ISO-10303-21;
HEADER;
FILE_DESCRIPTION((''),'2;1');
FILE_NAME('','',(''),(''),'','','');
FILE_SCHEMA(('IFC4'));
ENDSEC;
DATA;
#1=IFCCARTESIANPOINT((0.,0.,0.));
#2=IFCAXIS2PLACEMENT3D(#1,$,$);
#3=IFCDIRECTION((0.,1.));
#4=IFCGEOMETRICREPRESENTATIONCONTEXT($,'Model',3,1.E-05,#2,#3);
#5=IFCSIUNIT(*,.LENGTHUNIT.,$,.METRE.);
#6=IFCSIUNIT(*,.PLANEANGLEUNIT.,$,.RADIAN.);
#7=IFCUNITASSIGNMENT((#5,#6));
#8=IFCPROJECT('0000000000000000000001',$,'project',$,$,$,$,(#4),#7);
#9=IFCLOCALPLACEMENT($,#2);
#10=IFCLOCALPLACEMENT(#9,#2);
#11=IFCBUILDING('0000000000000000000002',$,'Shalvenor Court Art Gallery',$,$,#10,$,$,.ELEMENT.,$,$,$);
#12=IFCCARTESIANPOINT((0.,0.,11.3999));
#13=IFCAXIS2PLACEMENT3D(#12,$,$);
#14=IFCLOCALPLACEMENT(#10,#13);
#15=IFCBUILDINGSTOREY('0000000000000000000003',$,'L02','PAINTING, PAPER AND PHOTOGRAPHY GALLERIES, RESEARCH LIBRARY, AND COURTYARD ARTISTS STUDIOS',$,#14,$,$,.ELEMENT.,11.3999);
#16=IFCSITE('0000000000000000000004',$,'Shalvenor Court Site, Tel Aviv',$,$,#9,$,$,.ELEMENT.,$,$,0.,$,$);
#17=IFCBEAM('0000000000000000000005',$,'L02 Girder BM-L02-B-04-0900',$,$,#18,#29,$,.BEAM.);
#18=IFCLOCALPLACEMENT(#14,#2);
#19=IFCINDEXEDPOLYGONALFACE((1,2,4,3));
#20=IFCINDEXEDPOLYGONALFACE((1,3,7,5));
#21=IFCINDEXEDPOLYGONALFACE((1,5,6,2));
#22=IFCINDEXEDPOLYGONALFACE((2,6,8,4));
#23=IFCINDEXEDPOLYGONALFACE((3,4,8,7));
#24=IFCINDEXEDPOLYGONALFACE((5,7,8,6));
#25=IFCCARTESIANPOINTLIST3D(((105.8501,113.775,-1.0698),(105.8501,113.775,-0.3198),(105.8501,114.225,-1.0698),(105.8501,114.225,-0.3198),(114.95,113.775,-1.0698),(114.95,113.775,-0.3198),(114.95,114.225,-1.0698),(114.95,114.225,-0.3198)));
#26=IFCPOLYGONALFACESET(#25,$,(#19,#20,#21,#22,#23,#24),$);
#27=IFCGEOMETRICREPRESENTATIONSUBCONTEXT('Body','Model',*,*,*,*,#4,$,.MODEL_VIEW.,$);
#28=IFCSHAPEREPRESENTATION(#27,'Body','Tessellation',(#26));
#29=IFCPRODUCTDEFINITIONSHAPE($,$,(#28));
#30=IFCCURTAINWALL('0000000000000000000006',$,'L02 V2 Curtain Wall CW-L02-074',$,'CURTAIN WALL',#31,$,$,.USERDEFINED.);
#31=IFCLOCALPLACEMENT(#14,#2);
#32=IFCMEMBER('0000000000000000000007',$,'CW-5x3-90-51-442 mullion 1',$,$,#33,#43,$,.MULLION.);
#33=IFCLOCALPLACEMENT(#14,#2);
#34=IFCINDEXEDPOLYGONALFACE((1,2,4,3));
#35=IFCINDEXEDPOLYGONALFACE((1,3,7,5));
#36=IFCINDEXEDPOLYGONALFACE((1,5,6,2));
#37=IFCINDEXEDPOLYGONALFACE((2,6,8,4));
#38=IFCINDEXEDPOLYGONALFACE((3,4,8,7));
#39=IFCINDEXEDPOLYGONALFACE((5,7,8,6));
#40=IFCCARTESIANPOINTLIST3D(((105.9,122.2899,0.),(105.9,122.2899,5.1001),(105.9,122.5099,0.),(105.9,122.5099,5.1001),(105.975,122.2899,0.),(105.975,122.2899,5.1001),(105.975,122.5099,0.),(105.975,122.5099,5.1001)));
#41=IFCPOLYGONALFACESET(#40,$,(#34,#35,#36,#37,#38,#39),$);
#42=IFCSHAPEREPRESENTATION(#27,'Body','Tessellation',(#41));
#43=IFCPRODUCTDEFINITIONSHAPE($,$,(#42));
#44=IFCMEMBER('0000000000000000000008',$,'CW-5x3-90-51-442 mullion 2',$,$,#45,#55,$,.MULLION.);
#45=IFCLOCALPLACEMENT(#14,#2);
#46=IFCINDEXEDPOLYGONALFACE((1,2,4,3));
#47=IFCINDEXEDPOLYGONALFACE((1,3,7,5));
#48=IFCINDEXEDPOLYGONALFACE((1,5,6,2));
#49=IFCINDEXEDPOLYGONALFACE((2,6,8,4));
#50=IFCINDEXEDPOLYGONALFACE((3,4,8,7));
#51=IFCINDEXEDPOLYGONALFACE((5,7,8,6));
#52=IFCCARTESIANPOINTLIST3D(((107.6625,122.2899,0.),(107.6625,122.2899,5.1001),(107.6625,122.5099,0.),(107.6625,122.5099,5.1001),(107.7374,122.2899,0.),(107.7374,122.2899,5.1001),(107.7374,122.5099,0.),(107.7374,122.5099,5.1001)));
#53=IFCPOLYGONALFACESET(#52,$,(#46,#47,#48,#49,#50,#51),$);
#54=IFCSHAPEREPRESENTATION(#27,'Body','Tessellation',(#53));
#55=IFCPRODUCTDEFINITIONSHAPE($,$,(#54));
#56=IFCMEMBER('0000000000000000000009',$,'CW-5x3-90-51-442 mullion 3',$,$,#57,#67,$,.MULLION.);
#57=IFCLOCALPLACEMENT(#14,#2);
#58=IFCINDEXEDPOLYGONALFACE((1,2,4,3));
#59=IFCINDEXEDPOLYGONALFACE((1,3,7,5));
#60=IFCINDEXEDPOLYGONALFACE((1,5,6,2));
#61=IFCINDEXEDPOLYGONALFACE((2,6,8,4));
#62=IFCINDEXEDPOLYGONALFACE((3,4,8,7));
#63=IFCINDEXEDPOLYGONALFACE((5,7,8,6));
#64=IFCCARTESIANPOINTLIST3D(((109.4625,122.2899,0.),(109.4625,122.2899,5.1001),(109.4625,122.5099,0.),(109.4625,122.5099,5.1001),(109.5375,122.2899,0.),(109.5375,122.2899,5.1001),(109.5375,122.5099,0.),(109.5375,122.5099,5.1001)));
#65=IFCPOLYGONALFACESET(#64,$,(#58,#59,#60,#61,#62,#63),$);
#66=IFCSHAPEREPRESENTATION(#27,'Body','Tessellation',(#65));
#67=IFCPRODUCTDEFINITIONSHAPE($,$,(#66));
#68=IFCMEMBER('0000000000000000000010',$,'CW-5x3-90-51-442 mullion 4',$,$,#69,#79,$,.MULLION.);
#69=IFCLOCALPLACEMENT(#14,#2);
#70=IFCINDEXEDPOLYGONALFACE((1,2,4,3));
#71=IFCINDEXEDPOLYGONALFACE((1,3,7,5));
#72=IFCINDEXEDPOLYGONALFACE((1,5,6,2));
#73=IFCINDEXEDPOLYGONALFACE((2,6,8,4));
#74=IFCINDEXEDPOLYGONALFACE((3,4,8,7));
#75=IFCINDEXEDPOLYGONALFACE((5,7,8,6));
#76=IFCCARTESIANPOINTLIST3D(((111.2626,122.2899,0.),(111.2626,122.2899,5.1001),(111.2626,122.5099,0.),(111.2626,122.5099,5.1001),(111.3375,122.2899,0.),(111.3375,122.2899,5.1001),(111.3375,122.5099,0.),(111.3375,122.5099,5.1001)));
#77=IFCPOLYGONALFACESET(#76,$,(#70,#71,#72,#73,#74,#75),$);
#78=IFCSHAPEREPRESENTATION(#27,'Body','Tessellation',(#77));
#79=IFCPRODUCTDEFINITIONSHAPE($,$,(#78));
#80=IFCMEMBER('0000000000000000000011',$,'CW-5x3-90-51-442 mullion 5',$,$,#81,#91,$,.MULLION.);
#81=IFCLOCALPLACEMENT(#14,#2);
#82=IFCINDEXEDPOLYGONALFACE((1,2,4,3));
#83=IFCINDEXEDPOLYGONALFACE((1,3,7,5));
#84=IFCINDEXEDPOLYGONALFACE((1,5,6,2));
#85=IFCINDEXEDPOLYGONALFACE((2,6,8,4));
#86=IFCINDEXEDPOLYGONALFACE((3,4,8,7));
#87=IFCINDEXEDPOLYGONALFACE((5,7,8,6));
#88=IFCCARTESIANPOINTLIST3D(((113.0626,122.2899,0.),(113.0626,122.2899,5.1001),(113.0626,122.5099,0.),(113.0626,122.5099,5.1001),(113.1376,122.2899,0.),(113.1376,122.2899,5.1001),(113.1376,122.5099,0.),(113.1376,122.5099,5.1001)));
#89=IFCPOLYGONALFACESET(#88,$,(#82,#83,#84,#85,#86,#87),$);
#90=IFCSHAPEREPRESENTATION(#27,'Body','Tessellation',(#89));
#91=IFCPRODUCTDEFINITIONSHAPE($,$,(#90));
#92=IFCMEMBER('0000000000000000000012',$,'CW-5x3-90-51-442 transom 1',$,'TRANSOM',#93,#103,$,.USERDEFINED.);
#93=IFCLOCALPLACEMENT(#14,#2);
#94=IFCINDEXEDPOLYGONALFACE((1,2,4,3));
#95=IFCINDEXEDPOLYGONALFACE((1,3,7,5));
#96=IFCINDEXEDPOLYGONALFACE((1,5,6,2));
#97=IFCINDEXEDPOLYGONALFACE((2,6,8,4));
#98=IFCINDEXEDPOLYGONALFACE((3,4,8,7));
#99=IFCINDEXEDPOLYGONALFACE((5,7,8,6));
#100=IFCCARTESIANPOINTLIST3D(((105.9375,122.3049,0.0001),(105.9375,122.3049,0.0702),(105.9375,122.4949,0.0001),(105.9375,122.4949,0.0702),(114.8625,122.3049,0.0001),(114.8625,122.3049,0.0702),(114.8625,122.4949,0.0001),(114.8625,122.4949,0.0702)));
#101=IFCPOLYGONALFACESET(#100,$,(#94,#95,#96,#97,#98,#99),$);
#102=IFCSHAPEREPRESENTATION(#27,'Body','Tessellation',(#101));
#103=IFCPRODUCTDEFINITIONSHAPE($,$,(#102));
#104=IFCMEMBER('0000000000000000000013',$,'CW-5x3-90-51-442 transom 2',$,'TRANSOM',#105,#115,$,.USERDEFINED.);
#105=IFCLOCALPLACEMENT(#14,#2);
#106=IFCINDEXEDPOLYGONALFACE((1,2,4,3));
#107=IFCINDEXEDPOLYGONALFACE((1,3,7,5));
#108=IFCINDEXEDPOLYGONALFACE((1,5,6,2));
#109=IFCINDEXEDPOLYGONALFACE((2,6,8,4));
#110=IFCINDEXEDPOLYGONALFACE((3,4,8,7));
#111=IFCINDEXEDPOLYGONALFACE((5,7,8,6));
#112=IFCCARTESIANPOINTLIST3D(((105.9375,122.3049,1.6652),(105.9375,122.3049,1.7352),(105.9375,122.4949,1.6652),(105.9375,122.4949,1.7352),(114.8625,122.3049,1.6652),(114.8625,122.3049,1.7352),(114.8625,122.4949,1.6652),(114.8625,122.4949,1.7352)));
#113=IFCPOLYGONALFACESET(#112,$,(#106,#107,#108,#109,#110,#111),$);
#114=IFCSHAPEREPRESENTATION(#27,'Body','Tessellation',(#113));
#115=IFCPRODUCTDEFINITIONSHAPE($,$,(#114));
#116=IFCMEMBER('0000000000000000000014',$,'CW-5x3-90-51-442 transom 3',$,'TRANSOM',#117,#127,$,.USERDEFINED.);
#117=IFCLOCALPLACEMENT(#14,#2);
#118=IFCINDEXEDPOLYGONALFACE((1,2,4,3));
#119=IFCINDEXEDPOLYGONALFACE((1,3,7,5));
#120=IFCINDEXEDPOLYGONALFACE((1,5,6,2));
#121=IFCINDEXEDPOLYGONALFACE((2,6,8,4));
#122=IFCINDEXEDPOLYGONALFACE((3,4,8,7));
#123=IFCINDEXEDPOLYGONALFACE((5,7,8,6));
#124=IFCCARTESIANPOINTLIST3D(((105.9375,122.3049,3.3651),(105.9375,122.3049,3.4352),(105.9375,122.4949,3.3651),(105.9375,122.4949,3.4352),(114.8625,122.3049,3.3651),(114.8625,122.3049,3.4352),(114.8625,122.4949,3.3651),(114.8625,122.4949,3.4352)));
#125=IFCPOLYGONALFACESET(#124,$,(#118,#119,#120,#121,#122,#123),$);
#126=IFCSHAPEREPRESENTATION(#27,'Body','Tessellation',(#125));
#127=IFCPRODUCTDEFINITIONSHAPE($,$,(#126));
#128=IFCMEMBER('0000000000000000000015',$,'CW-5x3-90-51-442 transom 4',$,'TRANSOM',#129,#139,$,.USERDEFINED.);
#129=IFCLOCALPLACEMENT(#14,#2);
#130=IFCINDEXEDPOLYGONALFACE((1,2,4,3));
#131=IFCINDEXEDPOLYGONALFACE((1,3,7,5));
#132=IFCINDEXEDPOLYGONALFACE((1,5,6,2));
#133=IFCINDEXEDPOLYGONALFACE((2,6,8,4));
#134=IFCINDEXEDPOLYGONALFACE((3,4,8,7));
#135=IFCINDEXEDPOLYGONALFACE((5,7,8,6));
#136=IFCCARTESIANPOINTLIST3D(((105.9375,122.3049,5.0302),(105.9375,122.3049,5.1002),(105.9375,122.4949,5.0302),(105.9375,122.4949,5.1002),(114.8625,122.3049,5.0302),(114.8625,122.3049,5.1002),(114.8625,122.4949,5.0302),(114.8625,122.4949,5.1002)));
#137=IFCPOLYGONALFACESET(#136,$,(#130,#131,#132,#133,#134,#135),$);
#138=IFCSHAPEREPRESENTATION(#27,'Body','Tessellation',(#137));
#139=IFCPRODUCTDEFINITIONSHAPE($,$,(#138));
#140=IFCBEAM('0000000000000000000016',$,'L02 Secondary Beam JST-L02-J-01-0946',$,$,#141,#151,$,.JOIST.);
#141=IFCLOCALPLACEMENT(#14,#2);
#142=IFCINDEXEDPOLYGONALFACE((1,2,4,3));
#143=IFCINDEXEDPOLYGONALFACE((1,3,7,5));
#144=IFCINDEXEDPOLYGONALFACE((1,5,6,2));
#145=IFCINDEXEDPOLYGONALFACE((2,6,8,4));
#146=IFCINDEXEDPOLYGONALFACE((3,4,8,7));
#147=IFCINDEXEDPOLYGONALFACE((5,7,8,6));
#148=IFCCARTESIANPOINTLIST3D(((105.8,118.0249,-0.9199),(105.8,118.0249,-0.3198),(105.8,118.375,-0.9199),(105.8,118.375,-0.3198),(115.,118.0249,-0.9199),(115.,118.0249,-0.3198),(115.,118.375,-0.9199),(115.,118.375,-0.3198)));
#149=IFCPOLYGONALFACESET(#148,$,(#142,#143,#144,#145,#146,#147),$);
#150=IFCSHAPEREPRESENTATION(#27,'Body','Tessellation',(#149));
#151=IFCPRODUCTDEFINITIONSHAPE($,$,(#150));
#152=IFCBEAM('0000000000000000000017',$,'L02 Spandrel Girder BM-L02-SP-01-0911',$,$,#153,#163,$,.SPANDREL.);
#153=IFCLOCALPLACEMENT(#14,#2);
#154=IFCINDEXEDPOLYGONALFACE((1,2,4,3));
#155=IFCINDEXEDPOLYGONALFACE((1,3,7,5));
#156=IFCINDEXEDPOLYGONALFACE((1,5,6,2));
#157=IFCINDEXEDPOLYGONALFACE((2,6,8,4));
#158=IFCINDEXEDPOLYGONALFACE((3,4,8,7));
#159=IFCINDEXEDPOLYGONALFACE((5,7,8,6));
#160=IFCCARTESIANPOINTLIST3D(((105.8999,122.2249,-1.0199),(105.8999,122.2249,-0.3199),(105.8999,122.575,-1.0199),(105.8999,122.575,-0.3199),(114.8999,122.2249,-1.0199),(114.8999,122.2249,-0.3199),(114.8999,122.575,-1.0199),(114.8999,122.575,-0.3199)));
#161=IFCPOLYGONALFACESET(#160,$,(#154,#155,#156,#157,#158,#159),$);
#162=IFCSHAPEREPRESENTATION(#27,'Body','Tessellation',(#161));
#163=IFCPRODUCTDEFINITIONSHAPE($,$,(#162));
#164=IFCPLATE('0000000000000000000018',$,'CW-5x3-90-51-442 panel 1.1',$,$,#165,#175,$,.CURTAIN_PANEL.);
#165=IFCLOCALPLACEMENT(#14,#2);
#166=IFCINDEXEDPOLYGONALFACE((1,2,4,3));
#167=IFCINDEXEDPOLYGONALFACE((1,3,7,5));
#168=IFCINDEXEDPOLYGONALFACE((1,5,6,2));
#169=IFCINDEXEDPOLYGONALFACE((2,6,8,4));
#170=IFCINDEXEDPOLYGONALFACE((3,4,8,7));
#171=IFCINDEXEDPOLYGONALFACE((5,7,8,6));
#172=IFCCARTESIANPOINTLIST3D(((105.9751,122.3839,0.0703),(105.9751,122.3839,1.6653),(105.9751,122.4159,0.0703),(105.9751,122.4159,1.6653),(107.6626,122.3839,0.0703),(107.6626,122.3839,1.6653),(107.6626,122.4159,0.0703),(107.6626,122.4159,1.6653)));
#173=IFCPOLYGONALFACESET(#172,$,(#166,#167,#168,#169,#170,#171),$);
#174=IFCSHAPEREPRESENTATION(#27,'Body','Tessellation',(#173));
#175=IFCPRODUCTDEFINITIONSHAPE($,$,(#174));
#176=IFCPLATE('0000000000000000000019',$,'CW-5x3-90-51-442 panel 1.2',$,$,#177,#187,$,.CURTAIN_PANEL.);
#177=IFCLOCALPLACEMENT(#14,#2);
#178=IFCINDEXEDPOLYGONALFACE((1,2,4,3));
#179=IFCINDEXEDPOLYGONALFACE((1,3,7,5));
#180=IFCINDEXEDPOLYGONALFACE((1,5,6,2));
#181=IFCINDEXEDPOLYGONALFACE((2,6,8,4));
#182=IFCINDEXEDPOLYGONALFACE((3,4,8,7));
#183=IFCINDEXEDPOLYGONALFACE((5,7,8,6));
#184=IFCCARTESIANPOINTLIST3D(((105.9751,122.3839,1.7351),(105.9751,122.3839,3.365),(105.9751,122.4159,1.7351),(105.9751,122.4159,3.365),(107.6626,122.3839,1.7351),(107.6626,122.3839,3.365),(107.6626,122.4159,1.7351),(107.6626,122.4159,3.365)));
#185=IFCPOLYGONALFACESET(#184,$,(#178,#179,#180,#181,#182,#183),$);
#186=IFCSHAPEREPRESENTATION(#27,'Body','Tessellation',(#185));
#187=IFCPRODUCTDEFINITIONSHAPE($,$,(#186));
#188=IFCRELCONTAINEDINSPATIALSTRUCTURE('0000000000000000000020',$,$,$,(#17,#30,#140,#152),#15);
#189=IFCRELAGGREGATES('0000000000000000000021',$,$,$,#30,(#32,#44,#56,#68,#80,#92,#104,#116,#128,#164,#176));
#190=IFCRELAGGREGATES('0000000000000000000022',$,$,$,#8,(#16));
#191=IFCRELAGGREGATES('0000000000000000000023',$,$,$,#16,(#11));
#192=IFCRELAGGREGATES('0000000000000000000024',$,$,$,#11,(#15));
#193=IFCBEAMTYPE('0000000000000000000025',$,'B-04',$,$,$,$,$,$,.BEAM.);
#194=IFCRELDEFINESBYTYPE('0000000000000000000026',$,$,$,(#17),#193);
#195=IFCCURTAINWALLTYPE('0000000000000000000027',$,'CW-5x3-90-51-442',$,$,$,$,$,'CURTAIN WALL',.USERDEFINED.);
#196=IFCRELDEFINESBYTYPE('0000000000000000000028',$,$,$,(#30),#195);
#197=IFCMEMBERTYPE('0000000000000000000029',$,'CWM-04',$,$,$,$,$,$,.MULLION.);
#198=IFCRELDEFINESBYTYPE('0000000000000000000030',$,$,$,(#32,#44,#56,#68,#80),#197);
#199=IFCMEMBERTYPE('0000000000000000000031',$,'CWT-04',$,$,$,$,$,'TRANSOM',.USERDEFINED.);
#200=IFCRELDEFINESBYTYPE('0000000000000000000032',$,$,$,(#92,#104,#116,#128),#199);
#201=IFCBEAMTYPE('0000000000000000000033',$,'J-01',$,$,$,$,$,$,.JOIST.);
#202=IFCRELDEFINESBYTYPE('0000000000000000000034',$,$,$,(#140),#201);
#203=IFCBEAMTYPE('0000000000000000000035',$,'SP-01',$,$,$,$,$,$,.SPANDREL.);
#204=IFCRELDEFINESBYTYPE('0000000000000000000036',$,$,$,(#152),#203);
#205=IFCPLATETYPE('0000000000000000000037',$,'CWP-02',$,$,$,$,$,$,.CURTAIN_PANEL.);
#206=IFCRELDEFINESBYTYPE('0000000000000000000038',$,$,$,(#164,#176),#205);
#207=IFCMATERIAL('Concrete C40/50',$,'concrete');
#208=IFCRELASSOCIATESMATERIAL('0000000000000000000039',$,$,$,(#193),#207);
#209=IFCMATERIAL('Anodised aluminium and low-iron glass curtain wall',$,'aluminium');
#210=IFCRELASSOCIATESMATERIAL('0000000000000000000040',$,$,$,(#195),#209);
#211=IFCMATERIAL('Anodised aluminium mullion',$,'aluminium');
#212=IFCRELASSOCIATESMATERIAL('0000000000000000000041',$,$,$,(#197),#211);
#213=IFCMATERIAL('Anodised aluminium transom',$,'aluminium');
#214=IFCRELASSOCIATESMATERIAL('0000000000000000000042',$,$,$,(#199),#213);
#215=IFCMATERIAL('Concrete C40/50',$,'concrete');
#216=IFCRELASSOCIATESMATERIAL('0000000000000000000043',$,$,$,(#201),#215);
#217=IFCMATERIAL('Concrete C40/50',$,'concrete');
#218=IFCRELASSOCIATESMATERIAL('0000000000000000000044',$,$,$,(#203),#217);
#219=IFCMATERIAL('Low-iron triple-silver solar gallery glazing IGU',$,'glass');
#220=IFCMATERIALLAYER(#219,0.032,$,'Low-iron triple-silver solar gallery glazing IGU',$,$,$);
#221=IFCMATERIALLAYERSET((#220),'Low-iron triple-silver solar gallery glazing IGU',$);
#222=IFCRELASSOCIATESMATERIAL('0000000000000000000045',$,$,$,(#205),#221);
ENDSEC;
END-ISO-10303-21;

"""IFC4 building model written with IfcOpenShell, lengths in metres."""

from ifc_helpers import new_model, si_unit, direction, frame, origin, origin_2d, place, context, subcontext, project, spatial, rectangle, extrude, material, layer, layer_set, material_profile, profile_set, type_object, element, aggregate, save


model = new_model("IFC4")

# Units and contexts
model_context = context("Model", 3, precision=1e-05, world=origin(), true_north=direction((0.0, 1.0)))
body_context = subcontext(model_context, "Body", "Model", "MODEL_VIEW")
ifc_project = project(units=[si_unit("LENGTHUNIT", "METRE"), si_unit("PLANEANGLEUNIT", "RADIAN")], contexts=[model_context])

# Site, building, storey
site_placement = place(None, origin())
site = spatial("IfcSite", under=ifc_project, at=site_placement, Name="Shalvenor Court Site, Tel Aviv", CompositionType="ELEMENT", RefElevation=0.0)
building_placement = place(site_placement, origin())
building = spatial("IfcBuilding", under=site, at=building_placement, Name="Shalvenor Court Art Gallery", CompositionType="ELEMENT")
storey_placement = place(building_placement, frame((0.0, 0.0, 11.3999)))
storey = spatial("IfcBuildingStorey", under=building, at=storey_placement, Name="L02", Description="PAINTING, PAPER AND PHOTOGRAPHY GALLERIES, RESEARCH LIBRARY, AND COURTYARD ARTISTS STUDIOS", CompositionType="ELEMENT", Elevation=11.3999)

# Beam
ifc_material_1 = material(Name="Concrete C40/50", Category="concrete")
ifc_material_profile_1 = material_profile(ifc_material_1, rectangle(XDim=0.45, YDim=0.75, at=origin_2d()), Name="RC 450x750")
ifc_profile_set_1 = profile_set([ifc_material_profile_1], Name="Concrete C40/50")
beam_type_1 = type_object("IfcBeamType", Name="B-04", PredefinedType="BEAM", material=ifc_profile_set_1)
beam_1_placement = place(storey_placement, frame((105.8501, 114.0, -0.6948), z_axis=(1.0, 0.0, 0.0), x_axis=(0.0, 1.0, 0.0)))
element("IfcBeam", 1, at=beam_1_placement, inside=storey, type_object=beam_type_1, Name="L02 Girder BM-L02-B-04-0900", PredefinedType="BEAM", context=body_context, shape_type="SweptSolid", body=[
    extrude(rectangle(XDim=0.45, YDim=0.75, at=origin_2d()), origin(), (0.0, 0.0, 1.0), 9.0999),
])

# Curtain wall, members
ifc_material_2 = material(Name="Anodised aluminium and low-iron glass curtain wall", Category="aluminium")
curtain_wall_type = type_object("IfcCurtainWallType", Name="CW-5x3-90-51-442", ElementType="CURTAIN WALL", PredefinedType="USERDEFINED", material=ifc_material_2)
curtain_wall_placement = place(storey_placement, origin())
curtain_wall = element("IfcCurtainWall", 2, at=curtain_wall_placement, inside=storey, type_object=curtain_wall_type, Name="L02 V2 Curtain Wall CW-L02-074", ObjectType="CURTAIN WALL", PredefinedType="USERDEFINED")
ifc_material_3 = material(Name="Anodised aluminium mullion", Category="aluminium")
ifc_material_profile_2 = material_profile(ifc_material_3, rectangle(XDim=0.075, YDim=0.22, at=origin_2d()), Name="CWM-04")
ifc_profile_set_2 = profile_set([ifc_material_profile_2], Name="Anodised aluminium mullion")
member_type_1 = type_object("IfcMemberType", Name="CWM-04", PredefinedType="MULLION", material=ifc_profile_set_2)
member_1_placement = place(storey_placement, frame((105.9375, 122.3999, 0.0), z_axis=(0.0, 0.0, 1.0), x_axis=(1.0, 0.0, 0.0)))
member_1 = element("IfcMember", 3, at=member_1_placement, type_object=member_type_1, Name="CW-5x3-90-51-442 mullion 1", PredefinedType="MULLION", context=body_context, shape_type="SweptSolid", body=[
    extrude(rectangle(XDim=0.075, YDim=0.22, at=origin_2d()), origin(), (0.0, 0.0, 1.0), 5.1001),
])
member_2_placement = place(storey_placement, frame((107.7, 122.3999, 0.0), z_axis=(0.0, 0.0, 1.0), x_axis=(1.0, 0.0, 0.0)))
member_2 = element("IfcMember", 4, at=member_2_placement, type_object=member_type_1, Name="CW-5x3-90-51-442 mullion 2", PredefinedType="MULLION", context=body_context, shape_type="SweptSolid", body=[
    extrude(rectangle(XDim=0.075, YDim=0.22, at=origin_2d()), origin(), (0.0, 0.0, 1.0), 5.1001),
])
member_3_placement = place(storey_placement, frame((109.5, 122.3999, 0.0), z_axis=(0.0, 0.0, 1.0), x_axis=(1.0, 0.0, 0.0)))
member_3 = element("IfcMember", 5, at=member_3_placement, type_object=member_type_1, Name="CW-5x3-90-51-442 mullion 3", PredefinedType="MULLION", context=body_context, shape_type="SweptSolid", body=[
    extrude(rectangle(XDim=0.075, YDim=0.22, at=origin_2d()), origin(), (0.0, 0.0, 1.0), 5.1001),
])
member_4_placement = place(storey_placement, frame((111.3, 122.3999, 0.0), z_axis=(0.0, 0.0, 1.0), x_axis=(1.0, 0.0, 0.0)))
member_4 = element("IfcMember", 6, at=member_4_placement, type_object=member_type_1, Name="CW-5x3-90-51-442 mullion 4", PredefinedType="MULLION", context=body_context, shape_type="SweptSolid", body=[
    extrude(rectangle(XDim=0.075, YDim=0.22, at=origin_2d()), origin(), (0.0, 0.0, 1.0), 5.1001),
])
member_5_placement = place(storey_placement, frame((113.1001, 122.3999, 0.0), z_axis=(0.0, 0.0, 1.0), x_axis=(1.0, 0.0, 0.0)))
member_5 = element("IfcMember", 7, at=member_5_placement, type_object=member_type_1, Name="CW-5x3-90-51-442 mullion 5", PredefinedType="MULLION", context=body_context, shape_type="SweptSolid", body=[
    extrude(rectangle(XDim=0.075, YDim=0.22, at=origin_2d()), origin(), (0.0, 0.0, 1.0), 5.1001),
])
ifc_material_4 = material(Name="Anodised aluminium transom", Category="aluminium")
ifc_material_profile_3 = material_profile(ifc_material_4, rectangle(XDim=0.1899, YDim=0.0701, at=origin_2d()), Name="CWT-04")
ifc_profile_set_3 = profile_set([ifc_material_profile_3], Name="Anodised aluminium transom")
member_type_2 = type_object("IfcMemberType", Name="CWT-04", ElementType="TRANSOM", PredefinedType="USERDEFINED", material=ifc_profile_set_3)
member_6_placement = place(storey_placement, frame((105.9375, 122.3999, 0.0352), z_axis=(1.0, 0.0, 0.0), x_axis=(0.0, 1.0, 0.0)))
member_6 = element("IfcMember", 8, at=member_6_placement, type_object=member_type_2, Name="CW-5x3-90-51-442 transom 1", ObjectType="TRANSOM", PredefinedType="USERDEFINED", context=body_context, shape_type="SweptSolid", body=[
    extrude(rectangle(XDim=0.1899, YDim=0.0701, at=origin_2d()), origin(), (0.0, 0.0, 1.0), 8.925),
])
member_7_placement = place(storey_placement, frame((105.9375, 122.3999, 1.7002), z_axis=(1.0, 0.0, 0.0), x_axis=(0.0, 1.0, 0.0)))
member_7 = element("IfcMember", 9, at=member_7_placement, type_object=member_type_2, Name="CW-5x3-90-51-442 transom 2", ObjectType="TRANSOM", PredefinedType="USERDEFINED", context=body_context, shape_type="SweptSolid", body=[
    extrude(rectangle(XDim=0.1899, YDim=0.0701, at=origin_2d()), origin(), (0.0, 0.0, 1.0), 8.925),
])
member_8_placement = place(storey_placement, frame((105.9375, 122.3999, 3.4001), z_axis=(1.0, 0.0, 0.0), x_axis=(0.0, 1.0, 0.0)))
member_8 = element("IfcMember", 10, at=member_8_placement, type_object=member_type_2, Name="CW-5x3-90-51-442 transom 3", ObjectType="TRANSOM", PredefinedType="USERDEFINED", context=body_context, shape_type="SweptSolid", body=[
    extrude(rectangle(XDim=0.1899, YDim=0.0701, at=origin_2d()), origin(), (0.0, 0.0, 1.0), 8.925),
])
member_9_placement = place(storey_placement, frame((105.9375, 122.3999, 5.0652), z_axis=(1.0, 0.0, 0.0), x_axis=(0.0, 1.0, 0.0)))
member_9 = element("IfcMember", 11, at=member_9_placement, type_object=member_type_2, Name="CW-5x3-90-51-442 transom 4", ObjectType="TRANSOM", PredefinedType="USERDEFINED", context=body_context, shape_type="SweptSolid", body=[
    extrude(rectangle(XDim=0.1899, YDim=0.0701, at=origin_2d()), origin(), (0.0, 0.0, 1.0), 8.925),
])

# Beams
ifc_material_5 = material(Name="Concrete C40/50", Category="concrete")
ifc_material_profile_4 = material_profile(ifc_material_5, rectangle(XDim=0.3501, YDim=0.6001, at=origin_2d()), Name="RC 350x600")
ifc_profile_set_4 = profile_set([ifc_material_profile_4], Name="Concrete C40/50")
beam_type_2 = type_object("IfcBeamType", Name="J-01", PredefinedType="JOIST", material=ifc_profile_set_4)
beam_2_placement = place(storey_placement, frame((105.8, 118.2, -0.6199), z_axis=(1.0, 0.0, 0.0), x_axis=(0.0, 1.0, 0.0)))
element("IfcBeam", 12, at=beam_2_placement, inside=storey, type_object=beam_type_2, Name="L02 Secondary Beam JST-L02-J-01-0946", PredefinedType="JOIST", context=body_context, shape_type="SweptSolid", body=[
    extrude(rectangle(XDim=0.3501, YDim=0.6001, at=origin_2d()), origin(), (0.0, 0.0, 1.0), 9.2),
])
ifc_material_6 = material(Name="Concrete C40/50", Category="concrete")
ifc_material_profile_5 = material_profile(ifc_material_6, rectangle(XDim=0.3501, YDim=0.7, at=origin_2d()), Name="RC 350x700")
ifc_profile_set_5 = profile_set([ifc_material_profile_5], Name="Concrete C40/50")
beam_type_3 = type_object("IfcBeamType", Name="SP-01", PredefinedType="SPANDREL", material=ifc_profile_set_5)
beam_3_placement = place(storey_placement, frame((105.8999, 122.3999, -0.6699), z_axis=(1.0, 0.0, 0.0), x_axis=(0.0, 1.0, 0.0)))
element("IfcBeam", 13, at=beam_3_placement, inside=storey, type_object=beam_type_3, Name="L02 Spandrel Girder BM-L02-SP-01-0911", PredefinedType="SPANDREL", context=body_context, shape_type="SweptSolid", body=[
    extrude(rectangle(XDim=0.3501, YDim=0.7, at=origin_2d()), origin(), (0.0, 0.0, 1.0), 9.0),
])

# Plates
ifc_material_7 = material(Name="Low-iron triple-silver solar gallery glazing IGU", Category="glass")
ifc_layer_1 = layer(ifc_material_7, 0.032, Name="Low-iron triple-silver solar gallery glazing IGU")
ifc_layer_set_1 = layer_set([ifc_layer_1], Name="Low-iron triple-silver solar gallery glazing IGU")
plate_type_1 = type_object("IfcPlateType", Name="CWP-02", PredefinedType="CURTAIN_PANEL", material=ifc_layer_set_1)
plate_1_placement = place(storey_placement, frame((106.8188, 122.3999, 0.0703), z_axis=(0.0, 0.0, 1.0), x_axis=(1.0, 0.0, 0.0)))
plate_1 = element("IfcPlate", 14, at=plate_1_placement, type_object=plate_type_1, Name="CW-5x3-90-51-442 panel 1.1", PredefinedType="CURTAIN_PANEL", context=body_context, shape_type="SweptSolid", body=[
    extrude(rectangle(XDim=1.6875, YDim=0.032, at=origin_2d()), origin(), (0.0, 0.0, 1.0), 1.595),
])
plate_2_placement = place(storey_placement, frame((106.8188, 122.3999, 1.7351), z_axis=(0.0, 0.0, 1.0), x_axis=(1.0, 0.0, 0.0)))
plate_2 = element("IfcPlate", 15, at=plate_2_placement, type_object=plate_type_1, Name="CW-5x3-90-51-442 panel 1.2", PredefinedType="CURTAIN_PANEL", context=body_context, shape_type="SweptSolid", body=[
    extrude(rectangle(XDim=1.6875, YDim=0.032, at=origin_2d()), origin(), (0.0, 0.0, 1.0), 1.6299),
])
aggregate(curtain_wall, [member_1, member_2, member_3, member_4, member_5, member_6, member_7, member_8, member_9, plate_1, plate_2])

save(model, "model.ifc")
